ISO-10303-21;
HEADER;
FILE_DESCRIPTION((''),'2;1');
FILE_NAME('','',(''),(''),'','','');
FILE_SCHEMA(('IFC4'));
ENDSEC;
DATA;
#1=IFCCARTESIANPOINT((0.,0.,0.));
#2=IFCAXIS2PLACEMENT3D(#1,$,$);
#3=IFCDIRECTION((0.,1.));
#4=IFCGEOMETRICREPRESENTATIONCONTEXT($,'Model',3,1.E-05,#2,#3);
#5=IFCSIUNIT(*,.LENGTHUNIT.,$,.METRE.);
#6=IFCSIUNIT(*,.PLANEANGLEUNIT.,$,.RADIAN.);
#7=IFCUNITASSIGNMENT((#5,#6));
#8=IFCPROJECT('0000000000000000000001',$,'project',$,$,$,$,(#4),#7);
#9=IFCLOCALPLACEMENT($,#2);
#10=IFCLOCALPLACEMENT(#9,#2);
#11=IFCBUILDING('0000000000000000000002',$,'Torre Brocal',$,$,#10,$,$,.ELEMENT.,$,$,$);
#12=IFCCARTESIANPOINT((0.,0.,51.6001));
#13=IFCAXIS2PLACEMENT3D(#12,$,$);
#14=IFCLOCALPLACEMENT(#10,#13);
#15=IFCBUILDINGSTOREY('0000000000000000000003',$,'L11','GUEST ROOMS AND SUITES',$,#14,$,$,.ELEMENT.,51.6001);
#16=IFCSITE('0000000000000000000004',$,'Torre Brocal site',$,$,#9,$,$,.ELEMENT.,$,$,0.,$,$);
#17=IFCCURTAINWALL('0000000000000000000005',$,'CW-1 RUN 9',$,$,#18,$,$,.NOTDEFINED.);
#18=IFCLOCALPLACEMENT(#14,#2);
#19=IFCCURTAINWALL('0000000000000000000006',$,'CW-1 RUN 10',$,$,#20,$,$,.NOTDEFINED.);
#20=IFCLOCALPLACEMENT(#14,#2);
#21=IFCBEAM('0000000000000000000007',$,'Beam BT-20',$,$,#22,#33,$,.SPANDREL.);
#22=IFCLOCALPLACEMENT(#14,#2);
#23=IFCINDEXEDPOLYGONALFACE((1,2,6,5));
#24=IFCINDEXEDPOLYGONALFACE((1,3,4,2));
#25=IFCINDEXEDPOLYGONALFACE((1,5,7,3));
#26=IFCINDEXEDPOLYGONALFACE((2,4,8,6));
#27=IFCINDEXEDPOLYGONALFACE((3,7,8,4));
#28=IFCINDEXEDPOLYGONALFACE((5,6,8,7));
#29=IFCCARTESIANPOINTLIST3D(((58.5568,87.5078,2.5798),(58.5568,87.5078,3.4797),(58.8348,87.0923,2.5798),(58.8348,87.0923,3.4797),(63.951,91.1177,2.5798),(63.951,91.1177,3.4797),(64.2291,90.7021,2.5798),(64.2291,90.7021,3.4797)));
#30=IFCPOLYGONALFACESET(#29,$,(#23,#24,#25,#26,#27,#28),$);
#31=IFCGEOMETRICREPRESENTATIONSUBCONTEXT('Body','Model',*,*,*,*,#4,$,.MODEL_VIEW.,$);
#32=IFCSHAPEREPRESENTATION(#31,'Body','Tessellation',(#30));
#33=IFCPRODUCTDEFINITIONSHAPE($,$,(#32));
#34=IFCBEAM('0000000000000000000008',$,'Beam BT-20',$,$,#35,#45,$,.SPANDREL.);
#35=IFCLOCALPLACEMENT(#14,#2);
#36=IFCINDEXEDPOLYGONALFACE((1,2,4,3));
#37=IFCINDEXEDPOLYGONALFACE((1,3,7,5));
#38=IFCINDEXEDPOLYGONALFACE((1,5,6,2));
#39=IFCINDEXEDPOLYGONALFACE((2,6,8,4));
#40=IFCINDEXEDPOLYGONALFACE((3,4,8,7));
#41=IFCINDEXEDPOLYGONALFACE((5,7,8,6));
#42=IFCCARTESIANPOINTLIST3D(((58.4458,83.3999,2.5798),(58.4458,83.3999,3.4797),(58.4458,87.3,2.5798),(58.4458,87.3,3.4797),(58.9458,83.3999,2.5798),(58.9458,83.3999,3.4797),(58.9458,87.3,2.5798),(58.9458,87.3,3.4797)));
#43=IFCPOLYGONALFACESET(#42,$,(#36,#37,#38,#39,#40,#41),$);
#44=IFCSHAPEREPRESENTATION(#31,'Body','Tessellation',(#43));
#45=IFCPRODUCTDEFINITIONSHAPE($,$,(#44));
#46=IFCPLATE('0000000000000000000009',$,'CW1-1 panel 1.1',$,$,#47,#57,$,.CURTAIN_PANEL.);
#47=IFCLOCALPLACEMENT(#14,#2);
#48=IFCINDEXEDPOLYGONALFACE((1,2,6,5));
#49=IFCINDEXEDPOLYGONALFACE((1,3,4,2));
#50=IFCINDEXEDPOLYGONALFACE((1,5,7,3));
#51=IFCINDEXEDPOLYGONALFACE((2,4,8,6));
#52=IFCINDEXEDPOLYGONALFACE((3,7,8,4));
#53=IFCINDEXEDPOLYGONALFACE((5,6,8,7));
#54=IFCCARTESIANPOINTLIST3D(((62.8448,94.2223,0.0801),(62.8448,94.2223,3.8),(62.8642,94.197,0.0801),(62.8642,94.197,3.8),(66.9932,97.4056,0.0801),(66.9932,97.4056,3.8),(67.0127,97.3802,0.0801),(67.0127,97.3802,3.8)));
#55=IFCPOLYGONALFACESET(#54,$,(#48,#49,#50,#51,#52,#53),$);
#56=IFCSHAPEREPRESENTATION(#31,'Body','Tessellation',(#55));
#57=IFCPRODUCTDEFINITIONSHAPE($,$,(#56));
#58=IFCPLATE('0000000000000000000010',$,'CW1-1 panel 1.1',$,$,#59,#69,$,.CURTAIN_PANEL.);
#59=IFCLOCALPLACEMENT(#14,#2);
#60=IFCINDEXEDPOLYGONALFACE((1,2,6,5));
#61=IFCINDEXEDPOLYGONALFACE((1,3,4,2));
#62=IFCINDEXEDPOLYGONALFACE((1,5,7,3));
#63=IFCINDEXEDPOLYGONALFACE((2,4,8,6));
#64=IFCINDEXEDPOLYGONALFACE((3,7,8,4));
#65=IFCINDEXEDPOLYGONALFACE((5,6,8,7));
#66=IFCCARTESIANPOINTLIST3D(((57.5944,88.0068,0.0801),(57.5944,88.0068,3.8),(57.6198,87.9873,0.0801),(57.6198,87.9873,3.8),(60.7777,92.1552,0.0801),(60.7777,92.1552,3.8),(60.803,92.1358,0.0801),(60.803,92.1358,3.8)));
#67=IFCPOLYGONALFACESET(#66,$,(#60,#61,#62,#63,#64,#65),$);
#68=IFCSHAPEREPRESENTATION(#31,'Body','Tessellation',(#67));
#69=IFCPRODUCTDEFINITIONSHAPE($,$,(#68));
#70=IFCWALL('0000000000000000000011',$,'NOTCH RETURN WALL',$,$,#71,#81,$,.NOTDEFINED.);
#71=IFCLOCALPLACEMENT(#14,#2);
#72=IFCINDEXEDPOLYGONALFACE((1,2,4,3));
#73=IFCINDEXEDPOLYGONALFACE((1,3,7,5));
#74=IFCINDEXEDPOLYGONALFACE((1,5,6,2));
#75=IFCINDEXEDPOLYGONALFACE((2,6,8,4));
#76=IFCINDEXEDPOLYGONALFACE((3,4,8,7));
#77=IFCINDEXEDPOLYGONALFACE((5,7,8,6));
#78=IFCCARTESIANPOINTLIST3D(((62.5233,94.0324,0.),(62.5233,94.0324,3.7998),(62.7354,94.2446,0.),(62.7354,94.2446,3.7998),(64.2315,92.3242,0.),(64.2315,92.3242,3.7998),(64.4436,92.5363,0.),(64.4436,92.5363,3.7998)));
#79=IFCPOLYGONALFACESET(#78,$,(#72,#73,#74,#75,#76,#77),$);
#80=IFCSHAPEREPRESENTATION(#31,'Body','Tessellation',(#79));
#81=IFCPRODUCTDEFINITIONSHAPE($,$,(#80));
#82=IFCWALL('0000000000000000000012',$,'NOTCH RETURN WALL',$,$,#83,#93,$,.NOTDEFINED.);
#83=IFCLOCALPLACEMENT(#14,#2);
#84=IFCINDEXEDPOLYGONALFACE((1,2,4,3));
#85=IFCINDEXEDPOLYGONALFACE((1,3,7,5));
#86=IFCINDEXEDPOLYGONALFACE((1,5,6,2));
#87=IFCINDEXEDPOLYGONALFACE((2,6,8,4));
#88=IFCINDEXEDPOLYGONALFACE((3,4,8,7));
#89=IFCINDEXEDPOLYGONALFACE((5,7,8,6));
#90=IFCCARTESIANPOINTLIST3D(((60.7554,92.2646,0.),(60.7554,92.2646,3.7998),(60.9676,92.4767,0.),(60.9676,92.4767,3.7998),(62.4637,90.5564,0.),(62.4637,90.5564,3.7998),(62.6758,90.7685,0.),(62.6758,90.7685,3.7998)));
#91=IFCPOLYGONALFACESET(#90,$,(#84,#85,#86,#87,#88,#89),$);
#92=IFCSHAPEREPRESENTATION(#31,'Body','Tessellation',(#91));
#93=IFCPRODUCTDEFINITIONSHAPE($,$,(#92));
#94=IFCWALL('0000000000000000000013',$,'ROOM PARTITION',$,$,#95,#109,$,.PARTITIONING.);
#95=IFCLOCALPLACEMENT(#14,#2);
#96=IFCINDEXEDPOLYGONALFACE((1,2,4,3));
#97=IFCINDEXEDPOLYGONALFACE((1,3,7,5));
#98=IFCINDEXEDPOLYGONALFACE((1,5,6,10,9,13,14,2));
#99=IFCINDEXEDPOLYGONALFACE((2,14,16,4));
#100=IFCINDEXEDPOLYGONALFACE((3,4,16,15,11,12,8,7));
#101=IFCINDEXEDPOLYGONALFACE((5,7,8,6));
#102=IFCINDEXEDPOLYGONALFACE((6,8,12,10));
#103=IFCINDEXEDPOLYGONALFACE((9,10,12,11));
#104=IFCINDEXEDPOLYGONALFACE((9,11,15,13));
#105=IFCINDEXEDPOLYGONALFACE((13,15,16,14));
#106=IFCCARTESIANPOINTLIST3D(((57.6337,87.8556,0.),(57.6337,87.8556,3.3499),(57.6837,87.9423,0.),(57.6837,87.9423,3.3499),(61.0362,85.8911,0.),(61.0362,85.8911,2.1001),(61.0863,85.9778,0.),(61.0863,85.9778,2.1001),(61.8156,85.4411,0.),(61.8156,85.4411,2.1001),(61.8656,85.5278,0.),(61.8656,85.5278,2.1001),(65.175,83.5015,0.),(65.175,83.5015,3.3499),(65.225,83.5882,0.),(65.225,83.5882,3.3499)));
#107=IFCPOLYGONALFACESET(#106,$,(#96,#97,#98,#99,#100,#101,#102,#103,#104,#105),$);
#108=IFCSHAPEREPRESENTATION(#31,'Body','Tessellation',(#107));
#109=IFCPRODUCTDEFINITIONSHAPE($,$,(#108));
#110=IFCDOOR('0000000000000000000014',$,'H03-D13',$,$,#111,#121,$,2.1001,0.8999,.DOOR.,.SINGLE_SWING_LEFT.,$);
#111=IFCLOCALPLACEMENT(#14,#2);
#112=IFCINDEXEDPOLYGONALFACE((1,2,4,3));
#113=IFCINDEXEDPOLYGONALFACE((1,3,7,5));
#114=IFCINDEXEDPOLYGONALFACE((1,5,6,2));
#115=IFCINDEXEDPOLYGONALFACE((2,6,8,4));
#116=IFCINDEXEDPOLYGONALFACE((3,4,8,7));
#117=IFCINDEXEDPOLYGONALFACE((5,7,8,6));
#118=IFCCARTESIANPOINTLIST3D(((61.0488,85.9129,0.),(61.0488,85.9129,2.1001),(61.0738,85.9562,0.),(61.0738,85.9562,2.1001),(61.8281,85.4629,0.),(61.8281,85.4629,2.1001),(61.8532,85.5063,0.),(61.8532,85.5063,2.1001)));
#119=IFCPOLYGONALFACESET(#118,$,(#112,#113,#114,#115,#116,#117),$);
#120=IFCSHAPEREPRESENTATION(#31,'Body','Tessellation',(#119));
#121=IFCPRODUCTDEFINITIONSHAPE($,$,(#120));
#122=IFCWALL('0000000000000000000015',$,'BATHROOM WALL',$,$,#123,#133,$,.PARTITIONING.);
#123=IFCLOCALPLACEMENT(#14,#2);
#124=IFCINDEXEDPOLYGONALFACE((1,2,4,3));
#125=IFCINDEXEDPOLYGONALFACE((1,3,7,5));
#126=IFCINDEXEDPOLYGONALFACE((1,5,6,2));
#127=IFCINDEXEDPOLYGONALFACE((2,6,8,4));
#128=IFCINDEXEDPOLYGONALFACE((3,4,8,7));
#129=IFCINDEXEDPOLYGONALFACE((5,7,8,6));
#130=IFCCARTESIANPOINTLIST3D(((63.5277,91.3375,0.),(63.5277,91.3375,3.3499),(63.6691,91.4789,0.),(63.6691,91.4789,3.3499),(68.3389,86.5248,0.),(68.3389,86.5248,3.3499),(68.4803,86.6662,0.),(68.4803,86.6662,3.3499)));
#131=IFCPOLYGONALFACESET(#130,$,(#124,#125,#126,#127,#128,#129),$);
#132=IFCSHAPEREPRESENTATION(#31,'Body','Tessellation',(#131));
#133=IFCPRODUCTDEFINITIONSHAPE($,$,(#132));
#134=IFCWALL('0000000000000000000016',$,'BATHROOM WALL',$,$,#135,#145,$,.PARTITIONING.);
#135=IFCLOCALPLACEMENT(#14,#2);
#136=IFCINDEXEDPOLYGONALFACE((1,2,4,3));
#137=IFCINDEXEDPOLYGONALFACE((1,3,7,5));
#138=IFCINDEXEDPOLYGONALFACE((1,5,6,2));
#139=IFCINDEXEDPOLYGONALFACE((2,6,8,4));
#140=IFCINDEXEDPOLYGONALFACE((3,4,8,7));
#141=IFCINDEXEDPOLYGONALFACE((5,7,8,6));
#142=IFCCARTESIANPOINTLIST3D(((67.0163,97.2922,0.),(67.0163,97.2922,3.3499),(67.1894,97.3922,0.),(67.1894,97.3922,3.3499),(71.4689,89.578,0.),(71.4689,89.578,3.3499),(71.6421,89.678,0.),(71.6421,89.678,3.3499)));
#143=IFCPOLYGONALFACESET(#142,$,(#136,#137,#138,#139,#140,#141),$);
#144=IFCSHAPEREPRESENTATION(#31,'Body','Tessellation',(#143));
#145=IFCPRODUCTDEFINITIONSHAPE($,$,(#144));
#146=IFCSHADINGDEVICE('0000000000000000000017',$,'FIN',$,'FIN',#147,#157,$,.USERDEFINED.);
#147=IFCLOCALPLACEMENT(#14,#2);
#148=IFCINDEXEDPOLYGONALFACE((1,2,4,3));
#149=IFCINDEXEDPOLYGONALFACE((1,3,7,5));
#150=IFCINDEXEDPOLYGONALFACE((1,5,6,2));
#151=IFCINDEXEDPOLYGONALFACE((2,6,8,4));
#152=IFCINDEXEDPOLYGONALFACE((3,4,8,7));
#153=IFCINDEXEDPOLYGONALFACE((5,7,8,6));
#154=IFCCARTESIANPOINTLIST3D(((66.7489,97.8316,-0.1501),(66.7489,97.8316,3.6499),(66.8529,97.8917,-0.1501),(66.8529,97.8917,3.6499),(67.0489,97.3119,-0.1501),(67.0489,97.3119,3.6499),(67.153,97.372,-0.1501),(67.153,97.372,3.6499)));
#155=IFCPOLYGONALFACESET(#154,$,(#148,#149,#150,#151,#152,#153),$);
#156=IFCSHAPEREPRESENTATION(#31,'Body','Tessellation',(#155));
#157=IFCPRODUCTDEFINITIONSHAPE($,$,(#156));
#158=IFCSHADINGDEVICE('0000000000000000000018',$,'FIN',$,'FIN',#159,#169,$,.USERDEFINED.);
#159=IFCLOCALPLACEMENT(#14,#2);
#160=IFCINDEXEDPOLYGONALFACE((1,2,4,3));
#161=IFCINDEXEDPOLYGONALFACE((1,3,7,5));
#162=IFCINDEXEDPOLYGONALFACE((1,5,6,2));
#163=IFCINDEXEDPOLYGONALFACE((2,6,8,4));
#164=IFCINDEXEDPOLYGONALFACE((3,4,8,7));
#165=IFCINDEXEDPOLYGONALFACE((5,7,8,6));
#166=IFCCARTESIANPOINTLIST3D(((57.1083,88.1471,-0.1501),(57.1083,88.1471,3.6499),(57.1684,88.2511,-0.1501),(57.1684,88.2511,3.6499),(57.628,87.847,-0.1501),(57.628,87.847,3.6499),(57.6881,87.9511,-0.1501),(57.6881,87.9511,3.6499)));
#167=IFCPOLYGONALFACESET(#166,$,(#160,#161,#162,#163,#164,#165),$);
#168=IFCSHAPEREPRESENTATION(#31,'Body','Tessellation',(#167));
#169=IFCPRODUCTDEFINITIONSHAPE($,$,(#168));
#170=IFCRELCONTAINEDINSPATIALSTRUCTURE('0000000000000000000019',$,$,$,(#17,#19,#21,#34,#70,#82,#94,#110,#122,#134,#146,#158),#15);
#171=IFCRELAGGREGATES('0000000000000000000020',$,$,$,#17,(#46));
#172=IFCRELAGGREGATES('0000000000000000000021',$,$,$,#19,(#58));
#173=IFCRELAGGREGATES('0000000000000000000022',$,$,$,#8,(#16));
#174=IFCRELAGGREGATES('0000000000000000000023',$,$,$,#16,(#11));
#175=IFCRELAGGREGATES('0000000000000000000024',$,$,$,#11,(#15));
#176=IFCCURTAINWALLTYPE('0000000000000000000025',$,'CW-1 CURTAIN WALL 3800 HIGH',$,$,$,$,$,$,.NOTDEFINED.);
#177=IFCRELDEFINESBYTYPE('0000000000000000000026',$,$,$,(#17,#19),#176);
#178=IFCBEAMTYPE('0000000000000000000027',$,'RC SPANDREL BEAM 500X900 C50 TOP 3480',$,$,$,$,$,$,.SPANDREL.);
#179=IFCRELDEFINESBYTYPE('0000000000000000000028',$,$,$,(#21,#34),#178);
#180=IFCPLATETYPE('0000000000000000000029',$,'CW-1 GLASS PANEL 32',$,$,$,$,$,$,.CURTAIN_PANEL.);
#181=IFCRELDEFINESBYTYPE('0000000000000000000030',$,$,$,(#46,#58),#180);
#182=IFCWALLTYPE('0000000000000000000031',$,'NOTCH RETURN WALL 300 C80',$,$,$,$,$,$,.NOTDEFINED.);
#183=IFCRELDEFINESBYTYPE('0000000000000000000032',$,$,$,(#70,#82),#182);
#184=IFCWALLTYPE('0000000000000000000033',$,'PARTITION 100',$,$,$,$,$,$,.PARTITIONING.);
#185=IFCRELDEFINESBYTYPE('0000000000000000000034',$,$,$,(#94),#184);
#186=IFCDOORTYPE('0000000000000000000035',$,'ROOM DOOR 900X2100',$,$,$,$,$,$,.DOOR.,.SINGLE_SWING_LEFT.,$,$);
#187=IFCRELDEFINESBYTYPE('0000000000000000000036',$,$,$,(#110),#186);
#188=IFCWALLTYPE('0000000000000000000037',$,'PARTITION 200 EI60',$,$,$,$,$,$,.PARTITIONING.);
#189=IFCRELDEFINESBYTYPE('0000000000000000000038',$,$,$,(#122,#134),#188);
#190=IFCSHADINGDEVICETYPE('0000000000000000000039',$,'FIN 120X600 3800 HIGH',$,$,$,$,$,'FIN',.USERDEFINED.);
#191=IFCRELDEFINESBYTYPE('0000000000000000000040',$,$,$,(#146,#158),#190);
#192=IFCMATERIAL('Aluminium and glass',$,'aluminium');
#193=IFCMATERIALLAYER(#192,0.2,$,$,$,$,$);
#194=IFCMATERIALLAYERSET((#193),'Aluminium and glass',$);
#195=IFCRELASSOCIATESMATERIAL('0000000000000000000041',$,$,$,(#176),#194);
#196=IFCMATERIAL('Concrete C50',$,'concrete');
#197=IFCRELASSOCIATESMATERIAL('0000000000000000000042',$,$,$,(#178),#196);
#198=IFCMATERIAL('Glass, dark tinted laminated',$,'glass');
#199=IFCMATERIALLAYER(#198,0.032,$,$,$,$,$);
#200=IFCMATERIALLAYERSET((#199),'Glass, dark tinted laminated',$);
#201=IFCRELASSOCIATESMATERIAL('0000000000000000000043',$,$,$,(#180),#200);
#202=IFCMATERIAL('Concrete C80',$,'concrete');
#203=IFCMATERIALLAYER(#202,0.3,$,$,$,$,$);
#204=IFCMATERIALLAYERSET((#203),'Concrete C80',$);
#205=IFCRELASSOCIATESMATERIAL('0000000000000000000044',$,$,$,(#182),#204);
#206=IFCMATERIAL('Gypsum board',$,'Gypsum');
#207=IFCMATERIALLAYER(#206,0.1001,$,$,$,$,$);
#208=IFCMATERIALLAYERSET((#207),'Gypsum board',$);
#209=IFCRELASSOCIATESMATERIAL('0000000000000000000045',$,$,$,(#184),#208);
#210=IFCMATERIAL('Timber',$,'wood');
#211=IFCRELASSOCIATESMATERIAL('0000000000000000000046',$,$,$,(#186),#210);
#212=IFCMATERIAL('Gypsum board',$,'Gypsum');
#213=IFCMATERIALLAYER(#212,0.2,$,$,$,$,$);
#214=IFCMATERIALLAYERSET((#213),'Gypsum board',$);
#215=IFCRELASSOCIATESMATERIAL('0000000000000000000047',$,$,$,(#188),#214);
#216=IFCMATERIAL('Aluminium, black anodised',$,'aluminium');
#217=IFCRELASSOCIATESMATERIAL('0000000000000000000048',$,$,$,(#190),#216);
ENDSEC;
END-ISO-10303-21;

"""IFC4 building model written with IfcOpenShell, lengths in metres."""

from ifc_helpers import new_model, si_unit, direction, frame, frame_2d, origin, origin_2d, place, context, subcontext, project, spatial, rectangle, extrude, material, layer, layer_set, material_profile, profile_set, type_object, element, fill, aggregate, save


model = new_model("IFC4")

# Units and contexts
model_context = context("Model", 3, precision=1e-05, world=origin(), true_north=direction((0.0, 1.0)))
body_context = subcontext(model_context, "Body", "Model", "MODEL_VIEW")
ifc_project = project(units=[si_unit("LENGTHUNIT", "METRE"), si_unit("PLANEANGLEUNIT", "RADIAN")], contexts=[model_context])

# Site, building, storey
site_placement = place(None, origin())
site = spatial("IfcSite", under=ifc_project, at=site_placement, Name="Torre Brocal site", CompositionType="ELEMENT", RefElevation=0.0)
building_placement = place(site_placement, origin())
building = spatial("IfcBuilding", under=site, at=building_placement, Name="Torre Brocal", CompositionType="ELEMENT")
storey_placement = place(building_placement, frame((0.0, 0.0, 51.6001)))
storey = spatial("IfcBuildingStorey", under=building, at=storey_placement, Name="L11", Description="GUEST ROOMS AND SUITES", CompositionType="ELEMENT", Elevation=51.6001)

# Shared definitions
ifc_material_1 = material(Name="Aluminium and glass", Category="aluminium")
ifc_layer_1 = layer(ifc_material_1, 0.2)
ifc_layer_set_1 = layer_set([ifc_layer_1], Name="Aluminium and glass")
curtain_wall_type = type_object("IfcCurtainWallType", Name="CW-1 CURTAIN WALL 3800 HIGH", PredefinedType="NOTDEFINED", material=ifc_layer_set_1)

# Curtain walls
curtain_wall_1_placement = place(storey_placement, origin())
curtain_wall_1 = element("IfcCurtainWall", 1, at=curtain_wall_1_placement, inside=storey, type_object=curtain_wall_type, Name="CW-1 RUN 9", PredefinedType="NOTDEFINED")
curtain_wall_2_placement = place(storey_placement, origin())
curtain_wall_2 = element("IfcCurtainWall", 2, at=curtain_wall_2_placement, inside=storey, type_object=curtain_wall_type, Name="CW-1 RUN 10", PredefinedType="NOTDEFINED")

# Beams
ifc_material_2 = material(Name="Concrete C50", Category="concrete")
ifc_material_profile_1 = material_profile(ifc_material_2, rectangle(XDim=0.5, YDim=0.8999, at=origin_2d()), Name="RC 500X900")
ifc_profile_set_1 = profile_set([ifc_material_profile_1], Name="Concrete C50")
beam_type_1 = type_object("IfcBeamType", Name="RC SPANDREL BEAM 500X900 C50 TOP 3480", PredefinedType="SPANDREL", material=ifc_profile_set_1)
beam_1_placement = place(storey_placement, frame((64.0901, 90.9099, 3.0298), z_axis=(-0.831077, -0.556158, 0.0), x_axis=(0.556158, -0.831077, 0.0)))
element("IfcBeam", 3, at=beam_1_placement, inside=storey, type_object=beam_type_1, Name="Beam BT-20", PredefinedType="SPANDREL", context=body_context, shape_type="SweptSolid", body=[
    extrude(rectangle(XDim=0.5, YDim=0.8999, at=origin_2d()), origin(), (0.0, 0.0, 1.0), 6.4907),
])
beam_2_placement = place(storey_placement, frame((58.6958, 87.3, 3.0298), z_axis=(0.0, -1.0, 0.0), x_axis=(1.0, 0.0, 0.0)))
element("IfcBeam", 4, at=beam_2_placement, inside=storey, type_object=beam_type_1, Name="Beam BT-20", PredefinedType="SPANDREL", context=body_context, shape_type="SweptSolid", body=[
    extrude(rectangle(XDim=0.5, YDim=0.8999, at=origin_2d()), origin(), (0.0, 0.0, 1.0), 3.9001),
])

# Plates
ifc_material_3 = material(Name="Glass, dark tinted laminated", Category="glass")
ifc_layer_2 = layer(ifc_material_3, 0.032)
ifc_layer_set_2 = layer_set([ifc_layer_2], Name="Glass, dark tinted laminated")
plate_type = type_object("IfcPlateType", Name="CW-1 GLASS PANEL 32", PredefinedType="CURTAIN_PANEL", material=ifc_layer_set_2)
plate_1_placement = place(storey_placement, frame((64.9287, 95.8013, 0.0801), z_axis=(0.0, 0.0, 1.0), x_axis=(-0.793353, -0.608761, 0.0)))
plate_1 = element("IfcPlate", 5, at=plate_1_placement, type_object=plate_type, Name="CW1-1 panel 1.1", PredefinedType="CURTAIN_PANEL", context=body_context, shape_type="SweptSolid", body=[
    extrude(rectangle(XDim=5.229, YDim=0.032, at=origin_2d()), origin(), (0.0, 0.0, 1.0), 3.72),
])
aggregate(curtain_wall_1, [plate_1])
plate_2_placement = place(storey_placement, frame((59.1987, 90.0713, 0.0801), z_axis=(0.0, 0.0, 1.0), x_axis=(-0.608761, -0.793353, 0.0)))
plate_2 = element("IfcPlate", 6, at=plate_2_placement, type_object=plate_type, Name="CW1-1 panel 1.1", PredefinedType="CURTAIN_PANEL", context=body_context, shape_type="SweptSolid", body=[
    extrude(rectangle(XDim=5.229, YDim=0.032, at=origin_2d()), origin(), (0.0, 0.0, 1.0), 3.72),
])
aggregate(curtain_wall_2, [plate_2])

# Walls
ifc_material_4 = material(Name="Concrete C80", Category="concrete")
ifc_layer_3 = layer(ifc_material_4, 0.3)
ifc_layer_set_3 = layer_set([ifc_layer_3], Name="Concrete C80")
wall_type_1 = type_object("IfcWallType", Name="NOTCH RETURN WALL 300 C80", PredefinedType="NOTDEFINED", material=ifc_layer_set_3)
for number, where, z_axis, x_axis, name in (
    (7, (64.3376, 92.4302, 0.0), (0.0, 0.0, 1.0), (-0.707107, 0.707107, 0.0), "NOTCH RETURN WALL"),
    (8, (62.5698, 90.6624, 0.0), (0.0, 0.0, 1.0), (-0.707107, 0.707107, 0.0), "NOTCH RETURN WALL"),
):
    element("IfcWall", number, at=place(storey_placement, frame(where, z_axis=z_axis, x_axis=x_axis)), inside=storey, type_object=wall_type_1, Name=name, PredefinedType="NOTDEFINED", context=body_context, shape_type="SweptSolid", body=[
        extrude(rectangle(XDim=2.4158, YDim=0.3, at=frame_2d((1.208, 0.0))), origin(), (0.0, 0.0, 1.0), 3.7998),
    ])

# Wall, opening, door
ifc_material_5 = material(Name="Gypsum board", Category="Gypsum")
ifc_layer_4 = layer(ifc_material_5, 0.1001)
ifc_layer_set_4 = layer_set([ifc_layer_4], Name="Gypsum board")
wall_type_2 = type_object("IfcWallType", Name="PARTITION 100", PredefinedType="PARTITIONING", material=ifc_layer_set_4)
wall_1_placement = place(storey_placement, frame((57.6587, 87.8989, 0.0), z_axis=(0.0, 0.0, 1.0), x_axis=(0.866023, -0.500005, 0.0)))
wall_1 = element("IfcWall", 9, at=wall_1_placement, inside=storey, type_object=wall_type_2, Name="ROOM PARTITION", PredefinedType="PARTITIONING", context=body_context, shape_type="SweptSolid", body=[
    extrude(rectangle(XDim=8.708, YDim=0.1001, at=frame_2d((4.354, 0.0))), origin(), (0.0, 0.0, 1.0), 3.3499),
])
opening_placement = place(wall_1_placement, frame((3.929, 0.0, 0.0)))
opening = element("IfcOpeningElement", 10, at=opening_placement, cuts=wall_1, PredefinedType="OPENING", context=body_context, shape_type="SweptSolid", body=[
    extrude(rectangle(XDim=0.8999, YDim=2.1001, at=frame_2d((0.45, 1.05))), frame((0.0, 0.0601, 0.0), z_axis=(0.0, -1.0, 0.0), x_axis=(1.0, 0.0, 0.0)), (0.0, 0.0, 1.0), 0.1201),
])
ifc_material_6 = material(Name="Timber", Category="wood")
door_type = type_object("IfcDoorType", Name="ROOM DOOR 900X2100", OperationType="SINGLE_SWING_LEFT", PredefinedType="DOOR", material=ifc_material_6)
door_placement = place(opening_placement, frame((0.8999, 0.0, 0.0), z_axis=(0.0, 0.0, 1.0), x_axis=(-1.0, 0.0, 0.0)))
door = element("IfcDoor", 11, at=door_placement, inside=storey, type_object=door_type, Name="H03-D13", OperationType="SINGLE_SWING_LEFT", OverallHeight=2.1001, OverallWidth=0.8999, PredefinedType="DOOR", context=body_context, shape_type="SweptSolid", body=[
    extrude(rectangle(XDim=0.8999, YDim=2.1001, at=frame_2d((0.45, 1.05))), frame((0.0, 0.0249, 0.0), z_axis=(0.0, -1.0, 0.0), x_axis=(1.0, 0.0, 0.0)), (0.0, 0.0, 1.0), 0.05),
])
fill(opening, door)

# Walls
ifc_material_7 = material(Name="Gypsum board", Category="Gypsum")
ifc_layer_5 = layer(ifc_material_7, 0.2)
ifc_layer_set_5 = layer_set([ifc_layer_5], Name="Gypsum board")
wall_type_3 = type_object("IfcWallType", Name="PARTITION 200 EI60", PredefinedType="PARTITIONING", material=ifc_layer_set_5)
wall_2_placement = place(storey_placement, frame((63.5984, 91.4082, 0.0), z_axis=(0.0, 0.0, 1.0), x_axis=(0.706999, -0.707214, 0.0)))
element("IfcWall", 12, at=wall_2_placement, inside=storey, type_object=wall_type_3, Name="BATHROOM WALL", PredefinedType="PARTITIONING", context=body_context, shape_type="SweptSolid", body=[
    extrude(rectangle(XDim=6.8052, YDim=0.2, at=frame_2d((3.4026, 0.0))), origin(), (0.0, 0.0, 1.0), 3.3499),
])
wall_3_placement = place(storey_placement, frame((67.1028, 97.3423, 0.0), z_axis=(0.0, 0.0, 1.0), x_axis=(0.499907, -0.866079, 0.0)))
element("IfcWall", 13, at=wall_3_placement, inside=storey, type_object=wall_type_3, Name="BATHROOM WALL", PredefinedType="PARTITIONING", context=body_context, shape_type="SweptSolid", body=[
    extrude(rectangle(XDim=8.907, YDim=0.2, at=frame_2d((4.4536, 0.0))), origin(), (0.0, 0.0, 1.0), 3.3499),
])

# Shading devices
ifc_material_8 = material(Name="Aluminium, black anodised", Category="aluminium")
ifc_material_profile_2 = material_profile(ifc_material_8, rectangle(XDim=0.1201, YDim=0.6001, at=origin_2d()), Name="FIN 120X600 3800 HIGH")
ifc_profile_set_2 = profile_set([ifc_material_profile_2], Name="Aluminium, black anodised")
shading_device_type = type_object("IfcShadingDeviceType", Name="FIN 120X600 3800 HIGH", ElementType="FIN", PredefinedType="USERDEFINED", material=ifc_profile_set_2)
for number, where, z_axis, x_axis, name in (
    (14, (66.9509, 97.6018, -0.1501), (0.0, 0.0, 1.0), (-0.866025, -0.5, 0.0), "FIN"),
    (15, (57.3982, 88.0491, -0.1501), (0.0, 0.0, 1.0), (-0.5, -0.866025, 0.0), "FIN"),
):
    element("IfcShadingDevice", number, at=place(storey_placement, frame(where, z_axis=z_axis, x_axis=x_axis)), inside=storey, type_object=shading_device_type, Name=name, ObjectType="FIN", PredefinedType="USERDEFINED", context=body_context, shape_type="SweptSolid", body=[
        extrude(rectangle(XDim=0.1201, YDim=0.6001, at=origin_2d()), origin(), (0.0, 0.0, 1.0), 3.8),
    ])

save(model, "model.ifc")
